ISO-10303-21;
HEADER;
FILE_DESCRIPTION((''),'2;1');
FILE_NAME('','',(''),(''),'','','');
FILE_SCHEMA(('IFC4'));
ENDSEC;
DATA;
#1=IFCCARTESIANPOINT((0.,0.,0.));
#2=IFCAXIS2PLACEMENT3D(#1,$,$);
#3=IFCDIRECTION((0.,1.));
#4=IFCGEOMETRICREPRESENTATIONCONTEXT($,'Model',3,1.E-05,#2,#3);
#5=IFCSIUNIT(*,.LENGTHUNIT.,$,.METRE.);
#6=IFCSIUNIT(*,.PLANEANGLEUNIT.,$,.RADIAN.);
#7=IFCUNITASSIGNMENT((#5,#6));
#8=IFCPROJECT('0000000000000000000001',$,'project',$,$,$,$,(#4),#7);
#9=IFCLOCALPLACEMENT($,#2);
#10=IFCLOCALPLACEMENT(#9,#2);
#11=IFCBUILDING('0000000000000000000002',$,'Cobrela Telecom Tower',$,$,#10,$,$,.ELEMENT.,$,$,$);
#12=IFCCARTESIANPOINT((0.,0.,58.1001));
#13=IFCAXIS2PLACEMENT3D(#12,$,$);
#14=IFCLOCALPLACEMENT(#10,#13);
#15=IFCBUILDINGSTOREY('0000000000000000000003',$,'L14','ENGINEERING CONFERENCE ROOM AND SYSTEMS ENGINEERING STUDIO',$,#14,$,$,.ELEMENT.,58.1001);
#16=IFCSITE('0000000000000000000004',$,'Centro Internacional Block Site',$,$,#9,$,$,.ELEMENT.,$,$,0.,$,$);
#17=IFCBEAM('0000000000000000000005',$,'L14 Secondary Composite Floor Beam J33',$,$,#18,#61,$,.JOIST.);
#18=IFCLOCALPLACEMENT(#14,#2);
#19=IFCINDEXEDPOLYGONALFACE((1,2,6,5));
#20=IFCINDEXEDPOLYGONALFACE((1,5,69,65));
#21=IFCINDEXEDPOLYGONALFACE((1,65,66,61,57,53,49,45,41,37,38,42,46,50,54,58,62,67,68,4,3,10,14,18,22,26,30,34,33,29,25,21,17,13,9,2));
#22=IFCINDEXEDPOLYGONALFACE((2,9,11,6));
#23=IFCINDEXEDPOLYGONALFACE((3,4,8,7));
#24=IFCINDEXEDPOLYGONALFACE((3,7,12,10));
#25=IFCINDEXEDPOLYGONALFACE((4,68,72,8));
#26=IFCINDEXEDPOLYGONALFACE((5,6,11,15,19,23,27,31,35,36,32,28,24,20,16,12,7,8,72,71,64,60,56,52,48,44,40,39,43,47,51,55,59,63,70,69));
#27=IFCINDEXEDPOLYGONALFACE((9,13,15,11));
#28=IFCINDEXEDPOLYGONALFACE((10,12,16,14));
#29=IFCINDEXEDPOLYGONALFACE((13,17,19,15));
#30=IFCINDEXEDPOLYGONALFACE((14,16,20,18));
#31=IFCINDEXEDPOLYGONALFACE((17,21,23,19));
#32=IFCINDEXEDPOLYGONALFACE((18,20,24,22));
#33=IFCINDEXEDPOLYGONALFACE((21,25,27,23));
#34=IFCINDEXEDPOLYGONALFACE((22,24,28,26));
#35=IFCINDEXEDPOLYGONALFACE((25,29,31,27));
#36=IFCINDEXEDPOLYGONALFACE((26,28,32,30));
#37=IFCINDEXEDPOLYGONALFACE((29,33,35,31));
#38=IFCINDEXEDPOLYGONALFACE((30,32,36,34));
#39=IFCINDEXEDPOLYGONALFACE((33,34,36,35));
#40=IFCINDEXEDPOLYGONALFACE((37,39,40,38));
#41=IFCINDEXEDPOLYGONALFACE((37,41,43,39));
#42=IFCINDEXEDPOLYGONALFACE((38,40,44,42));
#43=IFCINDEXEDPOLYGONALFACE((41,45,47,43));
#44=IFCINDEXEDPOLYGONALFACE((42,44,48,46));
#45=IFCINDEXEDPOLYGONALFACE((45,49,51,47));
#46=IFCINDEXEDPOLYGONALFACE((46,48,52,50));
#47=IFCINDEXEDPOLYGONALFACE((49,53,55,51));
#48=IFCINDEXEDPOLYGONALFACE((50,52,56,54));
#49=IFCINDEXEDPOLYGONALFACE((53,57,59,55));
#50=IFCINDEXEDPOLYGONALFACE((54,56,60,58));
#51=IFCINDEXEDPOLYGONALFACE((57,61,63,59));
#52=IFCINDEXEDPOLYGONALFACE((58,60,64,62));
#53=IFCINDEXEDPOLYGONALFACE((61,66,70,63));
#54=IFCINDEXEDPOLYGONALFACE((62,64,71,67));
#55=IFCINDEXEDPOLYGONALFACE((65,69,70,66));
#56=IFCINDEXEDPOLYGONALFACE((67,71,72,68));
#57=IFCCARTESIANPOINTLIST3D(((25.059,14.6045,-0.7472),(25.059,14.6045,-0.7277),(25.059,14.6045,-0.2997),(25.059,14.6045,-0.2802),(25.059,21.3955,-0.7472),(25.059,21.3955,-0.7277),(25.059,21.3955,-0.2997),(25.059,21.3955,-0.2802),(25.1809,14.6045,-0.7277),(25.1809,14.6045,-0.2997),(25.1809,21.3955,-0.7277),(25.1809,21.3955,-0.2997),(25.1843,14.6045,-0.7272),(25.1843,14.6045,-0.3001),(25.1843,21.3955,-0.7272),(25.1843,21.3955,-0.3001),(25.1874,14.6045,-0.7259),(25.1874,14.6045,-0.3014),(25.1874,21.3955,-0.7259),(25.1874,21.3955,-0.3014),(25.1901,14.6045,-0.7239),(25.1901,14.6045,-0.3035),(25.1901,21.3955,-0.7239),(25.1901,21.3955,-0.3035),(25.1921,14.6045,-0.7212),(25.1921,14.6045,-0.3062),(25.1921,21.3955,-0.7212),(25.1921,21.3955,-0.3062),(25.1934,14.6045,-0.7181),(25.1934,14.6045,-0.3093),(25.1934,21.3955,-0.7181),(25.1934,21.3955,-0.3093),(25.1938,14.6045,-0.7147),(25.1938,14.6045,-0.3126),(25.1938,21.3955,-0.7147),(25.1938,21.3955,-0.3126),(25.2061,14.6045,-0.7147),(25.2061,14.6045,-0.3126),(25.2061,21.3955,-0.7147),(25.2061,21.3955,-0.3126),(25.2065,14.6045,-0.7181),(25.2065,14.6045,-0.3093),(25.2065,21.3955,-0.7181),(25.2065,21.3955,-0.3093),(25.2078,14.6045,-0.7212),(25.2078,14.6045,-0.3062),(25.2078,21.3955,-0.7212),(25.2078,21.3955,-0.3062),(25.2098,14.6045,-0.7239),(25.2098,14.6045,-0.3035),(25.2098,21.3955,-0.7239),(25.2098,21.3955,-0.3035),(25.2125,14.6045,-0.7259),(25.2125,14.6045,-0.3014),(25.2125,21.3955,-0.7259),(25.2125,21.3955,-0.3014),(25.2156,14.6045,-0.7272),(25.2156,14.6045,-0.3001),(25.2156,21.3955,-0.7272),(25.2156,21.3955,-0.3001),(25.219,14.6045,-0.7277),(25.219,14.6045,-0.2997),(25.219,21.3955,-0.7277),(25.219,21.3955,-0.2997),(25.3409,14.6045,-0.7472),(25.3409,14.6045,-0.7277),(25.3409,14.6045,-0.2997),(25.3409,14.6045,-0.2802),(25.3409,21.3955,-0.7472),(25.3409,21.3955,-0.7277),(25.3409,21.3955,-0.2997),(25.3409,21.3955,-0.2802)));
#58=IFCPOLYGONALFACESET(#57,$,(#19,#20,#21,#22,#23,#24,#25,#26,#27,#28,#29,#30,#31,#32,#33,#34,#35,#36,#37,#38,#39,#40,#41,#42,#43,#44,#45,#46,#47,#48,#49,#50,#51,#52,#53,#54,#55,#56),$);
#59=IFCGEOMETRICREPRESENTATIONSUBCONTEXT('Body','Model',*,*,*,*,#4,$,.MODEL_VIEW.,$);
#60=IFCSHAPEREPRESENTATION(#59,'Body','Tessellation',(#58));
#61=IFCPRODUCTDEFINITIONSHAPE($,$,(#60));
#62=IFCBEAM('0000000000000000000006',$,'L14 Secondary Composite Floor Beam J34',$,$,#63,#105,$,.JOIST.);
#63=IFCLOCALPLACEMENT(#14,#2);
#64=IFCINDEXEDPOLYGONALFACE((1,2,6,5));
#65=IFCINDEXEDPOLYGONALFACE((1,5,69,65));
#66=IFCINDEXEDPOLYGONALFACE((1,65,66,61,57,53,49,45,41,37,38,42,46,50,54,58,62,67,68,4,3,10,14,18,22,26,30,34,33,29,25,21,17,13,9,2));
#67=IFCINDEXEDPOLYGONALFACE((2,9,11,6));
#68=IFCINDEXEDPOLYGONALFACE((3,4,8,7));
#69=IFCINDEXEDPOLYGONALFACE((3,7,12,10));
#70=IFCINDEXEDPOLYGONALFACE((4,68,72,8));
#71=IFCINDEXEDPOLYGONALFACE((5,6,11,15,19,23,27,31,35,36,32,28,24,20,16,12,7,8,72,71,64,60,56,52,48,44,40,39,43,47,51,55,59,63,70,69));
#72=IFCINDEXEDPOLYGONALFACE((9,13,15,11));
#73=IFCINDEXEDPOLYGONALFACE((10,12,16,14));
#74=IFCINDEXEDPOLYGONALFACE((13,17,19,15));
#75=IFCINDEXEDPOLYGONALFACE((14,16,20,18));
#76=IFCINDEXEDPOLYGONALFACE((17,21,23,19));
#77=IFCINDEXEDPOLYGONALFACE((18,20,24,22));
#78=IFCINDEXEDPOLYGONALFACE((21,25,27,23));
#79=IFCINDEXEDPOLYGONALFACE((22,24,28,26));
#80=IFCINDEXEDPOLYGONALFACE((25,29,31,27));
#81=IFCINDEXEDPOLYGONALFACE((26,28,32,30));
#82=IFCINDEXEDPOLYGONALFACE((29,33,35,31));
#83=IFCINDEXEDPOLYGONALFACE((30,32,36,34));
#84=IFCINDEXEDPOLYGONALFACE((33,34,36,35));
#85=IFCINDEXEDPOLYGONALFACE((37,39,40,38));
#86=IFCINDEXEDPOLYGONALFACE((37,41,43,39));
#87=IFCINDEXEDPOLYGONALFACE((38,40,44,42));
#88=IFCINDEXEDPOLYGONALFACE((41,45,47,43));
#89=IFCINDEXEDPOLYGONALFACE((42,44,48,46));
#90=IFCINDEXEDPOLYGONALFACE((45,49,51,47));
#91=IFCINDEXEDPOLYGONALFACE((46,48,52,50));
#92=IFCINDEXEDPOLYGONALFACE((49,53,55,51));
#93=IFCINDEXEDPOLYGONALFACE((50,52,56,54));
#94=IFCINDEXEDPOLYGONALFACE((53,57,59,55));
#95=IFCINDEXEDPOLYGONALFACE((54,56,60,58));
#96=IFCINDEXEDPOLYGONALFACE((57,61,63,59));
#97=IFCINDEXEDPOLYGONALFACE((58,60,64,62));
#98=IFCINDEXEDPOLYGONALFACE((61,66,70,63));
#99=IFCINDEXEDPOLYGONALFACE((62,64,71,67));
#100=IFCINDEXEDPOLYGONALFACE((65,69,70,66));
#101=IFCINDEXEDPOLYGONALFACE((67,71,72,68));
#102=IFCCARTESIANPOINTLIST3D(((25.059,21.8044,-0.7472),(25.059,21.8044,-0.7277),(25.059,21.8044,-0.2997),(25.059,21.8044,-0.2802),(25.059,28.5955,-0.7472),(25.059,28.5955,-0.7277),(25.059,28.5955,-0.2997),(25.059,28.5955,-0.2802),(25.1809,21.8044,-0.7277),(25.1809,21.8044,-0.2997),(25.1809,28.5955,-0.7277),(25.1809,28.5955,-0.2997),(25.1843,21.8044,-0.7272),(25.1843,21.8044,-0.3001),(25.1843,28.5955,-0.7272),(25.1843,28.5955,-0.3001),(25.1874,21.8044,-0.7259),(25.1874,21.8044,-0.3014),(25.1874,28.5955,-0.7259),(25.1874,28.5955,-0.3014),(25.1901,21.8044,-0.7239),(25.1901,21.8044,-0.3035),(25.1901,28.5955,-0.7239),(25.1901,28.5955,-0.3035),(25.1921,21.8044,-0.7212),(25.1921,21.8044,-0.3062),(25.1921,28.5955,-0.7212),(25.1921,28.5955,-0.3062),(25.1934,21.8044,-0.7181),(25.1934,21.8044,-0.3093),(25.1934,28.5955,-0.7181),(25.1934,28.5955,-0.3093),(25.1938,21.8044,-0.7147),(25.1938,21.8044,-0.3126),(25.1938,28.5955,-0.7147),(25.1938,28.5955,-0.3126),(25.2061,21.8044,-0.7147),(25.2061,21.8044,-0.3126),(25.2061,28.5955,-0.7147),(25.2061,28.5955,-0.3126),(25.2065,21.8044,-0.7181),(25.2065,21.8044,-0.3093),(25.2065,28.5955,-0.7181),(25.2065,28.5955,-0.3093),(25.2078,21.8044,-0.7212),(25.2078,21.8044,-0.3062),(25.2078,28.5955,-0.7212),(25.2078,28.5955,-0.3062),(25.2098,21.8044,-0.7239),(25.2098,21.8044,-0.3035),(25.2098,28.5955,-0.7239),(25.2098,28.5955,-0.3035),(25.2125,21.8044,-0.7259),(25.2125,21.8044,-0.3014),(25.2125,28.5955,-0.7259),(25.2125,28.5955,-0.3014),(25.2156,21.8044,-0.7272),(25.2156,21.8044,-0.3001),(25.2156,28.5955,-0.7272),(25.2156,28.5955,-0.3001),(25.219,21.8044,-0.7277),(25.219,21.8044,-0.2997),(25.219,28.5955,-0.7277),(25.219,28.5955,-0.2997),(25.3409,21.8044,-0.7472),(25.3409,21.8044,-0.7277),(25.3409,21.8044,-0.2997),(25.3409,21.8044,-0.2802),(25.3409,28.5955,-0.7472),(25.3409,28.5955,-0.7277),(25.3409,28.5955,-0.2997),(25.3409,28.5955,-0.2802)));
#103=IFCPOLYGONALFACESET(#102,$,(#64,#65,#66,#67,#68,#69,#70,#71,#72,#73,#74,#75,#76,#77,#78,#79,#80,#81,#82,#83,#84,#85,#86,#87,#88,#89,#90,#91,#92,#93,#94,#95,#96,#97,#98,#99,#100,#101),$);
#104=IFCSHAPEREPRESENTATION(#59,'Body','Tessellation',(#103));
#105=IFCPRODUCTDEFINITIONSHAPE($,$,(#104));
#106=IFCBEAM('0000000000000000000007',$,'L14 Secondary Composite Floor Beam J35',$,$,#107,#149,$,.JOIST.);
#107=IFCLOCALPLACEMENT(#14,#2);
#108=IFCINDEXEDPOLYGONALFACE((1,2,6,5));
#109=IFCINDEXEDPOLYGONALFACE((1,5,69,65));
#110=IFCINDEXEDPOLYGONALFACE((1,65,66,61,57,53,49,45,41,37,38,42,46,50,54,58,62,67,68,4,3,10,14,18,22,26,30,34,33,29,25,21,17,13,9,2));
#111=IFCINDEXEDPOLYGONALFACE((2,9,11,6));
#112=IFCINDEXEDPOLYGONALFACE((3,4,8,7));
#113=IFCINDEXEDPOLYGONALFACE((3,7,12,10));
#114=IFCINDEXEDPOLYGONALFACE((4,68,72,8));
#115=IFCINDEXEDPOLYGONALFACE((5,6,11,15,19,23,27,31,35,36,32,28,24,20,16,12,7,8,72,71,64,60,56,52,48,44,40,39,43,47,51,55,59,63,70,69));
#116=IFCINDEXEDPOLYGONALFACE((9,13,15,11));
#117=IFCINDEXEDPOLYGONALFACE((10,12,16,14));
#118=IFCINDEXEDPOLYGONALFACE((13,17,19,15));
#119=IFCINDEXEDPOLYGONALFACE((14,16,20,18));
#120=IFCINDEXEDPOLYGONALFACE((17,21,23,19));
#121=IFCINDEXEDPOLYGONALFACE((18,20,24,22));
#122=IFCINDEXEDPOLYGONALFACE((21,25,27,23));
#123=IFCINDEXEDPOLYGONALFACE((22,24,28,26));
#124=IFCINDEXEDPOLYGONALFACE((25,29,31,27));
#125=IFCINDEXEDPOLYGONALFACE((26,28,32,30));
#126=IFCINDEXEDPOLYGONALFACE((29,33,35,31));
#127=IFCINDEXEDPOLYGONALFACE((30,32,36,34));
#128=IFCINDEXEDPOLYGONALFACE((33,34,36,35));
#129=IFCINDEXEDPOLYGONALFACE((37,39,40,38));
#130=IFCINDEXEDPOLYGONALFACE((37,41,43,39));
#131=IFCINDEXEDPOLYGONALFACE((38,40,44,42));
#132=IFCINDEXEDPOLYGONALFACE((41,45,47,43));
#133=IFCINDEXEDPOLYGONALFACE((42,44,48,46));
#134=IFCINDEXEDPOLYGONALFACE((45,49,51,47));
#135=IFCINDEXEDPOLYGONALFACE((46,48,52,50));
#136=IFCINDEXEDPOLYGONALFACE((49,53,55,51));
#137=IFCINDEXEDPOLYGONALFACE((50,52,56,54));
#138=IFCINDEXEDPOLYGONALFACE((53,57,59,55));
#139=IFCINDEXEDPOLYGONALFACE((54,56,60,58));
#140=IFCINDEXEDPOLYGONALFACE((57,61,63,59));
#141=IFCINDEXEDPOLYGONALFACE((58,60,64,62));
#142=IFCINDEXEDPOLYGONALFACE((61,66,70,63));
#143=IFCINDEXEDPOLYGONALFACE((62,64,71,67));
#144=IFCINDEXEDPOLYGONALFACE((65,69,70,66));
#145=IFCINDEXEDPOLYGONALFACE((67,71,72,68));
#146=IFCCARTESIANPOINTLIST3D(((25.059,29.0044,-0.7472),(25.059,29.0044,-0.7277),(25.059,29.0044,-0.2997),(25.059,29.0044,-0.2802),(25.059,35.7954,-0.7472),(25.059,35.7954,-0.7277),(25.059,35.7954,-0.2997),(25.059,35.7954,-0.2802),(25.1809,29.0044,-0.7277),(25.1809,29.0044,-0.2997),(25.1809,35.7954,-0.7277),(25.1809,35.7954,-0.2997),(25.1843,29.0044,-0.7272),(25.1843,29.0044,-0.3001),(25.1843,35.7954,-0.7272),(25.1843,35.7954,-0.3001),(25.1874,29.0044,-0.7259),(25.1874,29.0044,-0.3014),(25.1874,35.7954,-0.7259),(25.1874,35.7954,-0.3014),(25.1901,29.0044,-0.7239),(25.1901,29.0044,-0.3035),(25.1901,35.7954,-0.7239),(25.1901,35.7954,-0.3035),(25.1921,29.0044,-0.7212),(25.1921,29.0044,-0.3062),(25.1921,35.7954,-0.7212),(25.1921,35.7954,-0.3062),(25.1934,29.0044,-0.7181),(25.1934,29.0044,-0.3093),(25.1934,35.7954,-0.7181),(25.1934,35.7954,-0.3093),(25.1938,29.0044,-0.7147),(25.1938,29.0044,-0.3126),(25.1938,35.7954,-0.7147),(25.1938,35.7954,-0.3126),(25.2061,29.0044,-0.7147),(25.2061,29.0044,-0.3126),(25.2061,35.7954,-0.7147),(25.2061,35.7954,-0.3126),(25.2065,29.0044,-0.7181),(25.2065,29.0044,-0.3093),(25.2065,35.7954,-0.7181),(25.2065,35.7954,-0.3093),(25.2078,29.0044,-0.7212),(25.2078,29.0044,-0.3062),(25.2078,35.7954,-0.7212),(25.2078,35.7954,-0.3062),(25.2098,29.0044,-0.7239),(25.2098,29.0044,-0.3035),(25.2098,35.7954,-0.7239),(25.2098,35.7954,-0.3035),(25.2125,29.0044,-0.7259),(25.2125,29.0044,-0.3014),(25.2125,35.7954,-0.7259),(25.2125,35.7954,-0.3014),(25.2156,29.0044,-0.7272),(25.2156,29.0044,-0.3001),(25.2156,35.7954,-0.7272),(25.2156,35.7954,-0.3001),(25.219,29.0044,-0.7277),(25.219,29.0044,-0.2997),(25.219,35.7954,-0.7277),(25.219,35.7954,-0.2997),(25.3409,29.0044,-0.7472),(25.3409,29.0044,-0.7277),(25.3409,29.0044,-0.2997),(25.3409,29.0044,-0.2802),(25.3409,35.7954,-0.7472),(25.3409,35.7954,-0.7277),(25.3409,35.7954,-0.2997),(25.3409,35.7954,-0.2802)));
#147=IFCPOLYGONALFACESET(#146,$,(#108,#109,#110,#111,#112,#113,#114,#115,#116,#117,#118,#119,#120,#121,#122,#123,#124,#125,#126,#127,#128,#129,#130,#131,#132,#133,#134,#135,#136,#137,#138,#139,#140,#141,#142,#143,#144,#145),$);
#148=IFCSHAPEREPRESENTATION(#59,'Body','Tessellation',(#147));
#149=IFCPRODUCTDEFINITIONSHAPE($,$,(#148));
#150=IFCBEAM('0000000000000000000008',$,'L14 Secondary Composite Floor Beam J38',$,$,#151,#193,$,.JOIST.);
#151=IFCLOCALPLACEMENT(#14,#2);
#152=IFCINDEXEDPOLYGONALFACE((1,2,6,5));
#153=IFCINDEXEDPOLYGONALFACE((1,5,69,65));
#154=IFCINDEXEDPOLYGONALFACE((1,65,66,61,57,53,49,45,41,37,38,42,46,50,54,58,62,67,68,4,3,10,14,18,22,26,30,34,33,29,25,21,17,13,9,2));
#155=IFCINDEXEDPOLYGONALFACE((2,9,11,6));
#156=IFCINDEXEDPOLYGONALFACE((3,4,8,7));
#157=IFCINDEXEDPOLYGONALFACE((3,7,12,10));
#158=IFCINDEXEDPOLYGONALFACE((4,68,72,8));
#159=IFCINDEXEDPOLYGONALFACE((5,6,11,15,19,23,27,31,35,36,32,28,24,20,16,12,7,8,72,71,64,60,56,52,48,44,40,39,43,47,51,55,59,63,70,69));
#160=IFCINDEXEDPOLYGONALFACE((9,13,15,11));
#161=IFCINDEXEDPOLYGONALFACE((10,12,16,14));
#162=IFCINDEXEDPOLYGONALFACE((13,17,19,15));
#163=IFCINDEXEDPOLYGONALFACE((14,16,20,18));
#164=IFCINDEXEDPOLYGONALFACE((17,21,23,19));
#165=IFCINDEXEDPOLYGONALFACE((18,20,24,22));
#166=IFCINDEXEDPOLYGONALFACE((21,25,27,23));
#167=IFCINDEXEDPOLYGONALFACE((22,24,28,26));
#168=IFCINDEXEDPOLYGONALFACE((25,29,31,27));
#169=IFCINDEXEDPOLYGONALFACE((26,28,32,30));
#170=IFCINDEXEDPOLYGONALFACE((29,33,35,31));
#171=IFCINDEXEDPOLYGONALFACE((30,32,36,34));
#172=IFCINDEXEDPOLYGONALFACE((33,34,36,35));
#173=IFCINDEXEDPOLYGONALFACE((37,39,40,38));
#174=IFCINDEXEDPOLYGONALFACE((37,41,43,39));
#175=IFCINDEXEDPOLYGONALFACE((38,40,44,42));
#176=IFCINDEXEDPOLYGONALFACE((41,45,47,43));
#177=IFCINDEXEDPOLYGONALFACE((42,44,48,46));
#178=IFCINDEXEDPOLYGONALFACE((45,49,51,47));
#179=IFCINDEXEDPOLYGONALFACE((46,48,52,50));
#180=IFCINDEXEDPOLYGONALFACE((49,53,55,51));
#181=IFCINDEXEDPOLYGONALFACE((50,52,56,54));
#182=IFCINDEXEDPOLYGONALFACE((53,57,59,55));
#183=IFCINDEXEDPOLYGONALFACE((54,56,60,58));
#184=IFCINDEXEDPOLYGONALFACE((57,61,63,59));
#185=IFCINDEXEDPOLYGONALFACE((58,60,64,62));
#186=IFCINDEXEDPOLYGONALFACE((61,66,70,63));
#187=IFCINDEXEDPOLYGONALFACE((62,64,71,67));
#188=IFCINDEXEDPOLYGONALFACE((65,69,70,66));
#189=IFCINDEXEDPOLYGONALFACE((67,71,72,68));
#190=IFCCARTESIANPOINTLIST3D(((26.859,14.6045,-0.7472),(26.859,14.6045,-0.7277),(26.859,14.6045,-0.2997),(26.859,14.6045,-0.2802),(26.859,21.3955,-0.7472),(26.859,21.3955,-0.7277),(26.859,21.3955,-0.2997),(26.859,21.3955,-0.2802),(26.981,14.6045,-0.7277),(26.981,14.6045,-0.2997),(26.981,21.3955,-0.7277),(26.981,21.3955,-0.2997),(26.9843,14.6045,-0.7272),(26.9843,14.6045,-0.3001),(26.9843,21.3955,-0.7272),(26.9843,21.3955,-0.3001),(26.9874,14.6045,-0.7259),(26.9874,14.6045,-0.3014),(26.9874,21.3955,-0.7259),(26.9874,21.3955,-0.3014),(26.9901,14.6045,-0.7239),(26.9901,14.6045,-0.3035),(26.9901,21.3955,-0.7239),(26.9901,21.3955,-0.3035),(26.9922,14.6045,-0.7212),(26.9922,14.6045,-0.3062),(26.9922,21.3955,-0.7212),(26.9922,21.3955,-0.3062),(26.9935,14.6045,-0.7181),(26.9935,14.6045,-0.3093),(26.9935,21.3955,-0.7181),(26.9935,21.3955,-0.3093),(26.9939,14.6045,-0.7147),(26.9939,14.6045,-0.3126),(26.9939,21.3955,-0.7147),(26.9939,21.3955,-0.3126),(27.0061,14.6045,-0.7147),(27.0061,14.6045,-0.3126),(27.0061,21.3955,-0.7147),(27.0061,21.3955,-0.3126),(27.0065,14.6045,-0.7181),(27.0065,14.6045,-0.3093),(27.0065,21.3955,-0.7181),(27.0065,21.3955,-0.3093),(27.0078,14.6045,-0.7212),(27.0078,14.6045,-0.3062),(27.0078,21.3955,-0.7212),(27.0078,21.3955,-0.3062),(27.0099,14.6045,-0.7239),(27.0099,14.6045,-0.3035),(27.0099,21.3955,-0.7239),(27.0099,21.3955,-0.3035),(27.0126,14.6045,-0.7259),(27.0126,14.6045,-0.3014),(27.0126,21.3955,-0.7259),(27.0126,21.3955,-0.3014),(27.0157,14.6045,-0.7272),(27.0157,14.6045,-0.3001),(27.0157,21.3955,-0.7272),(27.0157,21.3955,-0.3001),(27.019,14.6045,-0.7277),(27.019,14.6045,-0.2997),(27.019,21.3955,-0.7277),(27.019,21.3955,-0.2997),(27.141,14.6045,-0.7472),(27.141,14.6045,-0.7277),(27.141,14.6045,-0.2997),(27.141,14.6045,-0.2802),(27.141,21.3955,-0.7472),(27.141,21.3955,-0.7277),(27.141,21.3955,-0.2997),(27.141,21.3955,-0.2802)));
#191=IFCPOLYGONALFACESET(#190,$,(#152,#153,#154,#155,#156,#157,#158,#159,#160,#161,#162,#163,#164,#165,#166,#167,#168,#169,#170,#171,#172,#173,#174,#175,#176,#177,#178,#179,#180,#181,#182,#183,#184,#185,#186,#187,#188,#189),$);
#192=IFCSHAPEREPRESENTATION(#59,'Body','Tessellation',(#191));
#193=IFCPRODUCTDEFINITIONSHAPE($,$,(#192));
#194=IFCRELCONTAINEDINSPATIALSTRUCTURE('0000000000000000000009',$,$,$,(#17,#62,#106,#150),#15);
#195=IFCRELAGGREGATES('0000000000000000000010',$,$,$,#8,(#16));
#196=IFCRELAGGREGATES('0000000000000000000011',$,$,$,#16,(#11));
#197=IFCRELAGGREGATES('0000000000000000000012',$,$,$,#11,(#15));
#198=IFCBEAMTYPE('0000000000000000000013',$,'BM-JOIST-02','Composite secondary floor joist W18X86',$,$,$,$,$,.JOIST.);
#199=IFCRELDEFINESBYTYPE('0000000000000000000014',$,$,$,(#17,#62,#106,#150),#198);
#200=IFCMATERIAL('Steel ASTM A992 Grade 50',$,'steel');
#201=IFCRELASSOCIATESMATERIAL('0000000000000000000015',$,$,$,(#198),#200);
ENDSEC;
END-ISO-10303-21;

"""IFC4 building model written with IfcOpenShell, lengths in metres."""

from ifc_helpers import new_model, si_unit, direction, frame, origin, origin_2d, place, context, subcontext, project, spatial, i_section, extrude, material, material_profile, profile_set, type_object, element, save


model = new_model("IFC4")

# Units and contexts
model_context = context("Model", 3, precision=1e-05, world=origin(), true_north=direction((0.0, 1.0)))
body_context = subcontext(model_context, "Body", "Model", "MODEL_VIEW")
ifc_project = project(units=[si_unit("LENGTHUNIT", "METRE"), si_unit("PLANEANGLEUNIT", "RADIAN")], contexts=[model_context])

# Site, building, storey
site_placement = place(None, origin())
site = spatial("IfcSite", under=ifc_project, at=site_placement, Name="Centro Internacional Block Site", CompositionType="ELEMENT", RefElevation=0.0)
building_placement = place(site_placement, origin())
building = spatial("IfcBuilding", under=site, at=building_placement, Name="Cobrela Telecom Tower", CompositionType="ELEMENT")
storey_placement = place(building_placement, frame((0.0, 0.0, 58.1001)))
storey = spatial("IfcBuildingStorey", under=building, at=storey_placement, Name="L14", Description="ENGINEERING CONFERENCE ROOM AND SYSTEMS ENGINEERING STUDIO", CompositionType="ELEMENT", Elevation=58.1001)

# Shared definitions
ifc_material_1 = material(Name="Steel ASTM A992 Grade 50", Category="steel")

# Beams
ifc_material_profile_1 = material_profile(ifc_material_1, i_section(OverallWidth=0.282, OverallDepth=0.467, WebThickness=0.0122, FlangeThickness=0.0195, FilletRadius=0.0129, at=origin_2d()), Name="W18X86")
ifc_profile_set_1 = profile_set([ifc_material_profile_1], Name="Steel ASTM A992 Grade 50")
beam_type_1 = type_object("IfcBeamType", Name="BM-JOIST-02", Description="Composite secondary floor joist W18X86", PredefinedType="JOIST", material=ifc_profile_set_1)
for number, where, z_axis, x_axis, name in (
    (1, (25.2, 14.6045, -0.5137), (0.0, 1.0, 0.0), (-1.0, 0.0, 0.0), "L14 Secondary Composite Floor Beam J33"),
    (2, (25.2, 21.8044, -0.5137), (0.0, 1.0, 0.0), (-1.0, 0.0, 0.0), "L14 Secondary Composite Floor Beam J34"),
    (3, (25.2, 29.0044, -0.5137), (0.0, 1.0, 0.0), (-1.0, 0.0, 0.0), "L14 Secondary Composite Floor Beam J35"),
    (4, (27.0, 14.6045, -0.5137), (0.0, 1.0, 0.0), (-1.0, 0.0, 0.0), "L14 Secondary Composite Floor Beam J38"),
):
    element("IfcBeam", number, at=place(storey_placement, frame(where, z_axis=z_axis, x_axis=x_axis)), inside=storey, type_object=beam_type_1, Name=name, PredefinedType="JOIST", context=body_context, shape_type="SweptSolid", body=[
        extrude(i_section(OverallWidth=0.282, OverallDepth=0.467, WebThickness=0.0122, FlangeThickness=0.0195, FilletRadius=0.0129, at=origin_2d()), origin(), (0.0, 0.0, 1.0), 6.791),
    ])

save(model, "model.ifc")
